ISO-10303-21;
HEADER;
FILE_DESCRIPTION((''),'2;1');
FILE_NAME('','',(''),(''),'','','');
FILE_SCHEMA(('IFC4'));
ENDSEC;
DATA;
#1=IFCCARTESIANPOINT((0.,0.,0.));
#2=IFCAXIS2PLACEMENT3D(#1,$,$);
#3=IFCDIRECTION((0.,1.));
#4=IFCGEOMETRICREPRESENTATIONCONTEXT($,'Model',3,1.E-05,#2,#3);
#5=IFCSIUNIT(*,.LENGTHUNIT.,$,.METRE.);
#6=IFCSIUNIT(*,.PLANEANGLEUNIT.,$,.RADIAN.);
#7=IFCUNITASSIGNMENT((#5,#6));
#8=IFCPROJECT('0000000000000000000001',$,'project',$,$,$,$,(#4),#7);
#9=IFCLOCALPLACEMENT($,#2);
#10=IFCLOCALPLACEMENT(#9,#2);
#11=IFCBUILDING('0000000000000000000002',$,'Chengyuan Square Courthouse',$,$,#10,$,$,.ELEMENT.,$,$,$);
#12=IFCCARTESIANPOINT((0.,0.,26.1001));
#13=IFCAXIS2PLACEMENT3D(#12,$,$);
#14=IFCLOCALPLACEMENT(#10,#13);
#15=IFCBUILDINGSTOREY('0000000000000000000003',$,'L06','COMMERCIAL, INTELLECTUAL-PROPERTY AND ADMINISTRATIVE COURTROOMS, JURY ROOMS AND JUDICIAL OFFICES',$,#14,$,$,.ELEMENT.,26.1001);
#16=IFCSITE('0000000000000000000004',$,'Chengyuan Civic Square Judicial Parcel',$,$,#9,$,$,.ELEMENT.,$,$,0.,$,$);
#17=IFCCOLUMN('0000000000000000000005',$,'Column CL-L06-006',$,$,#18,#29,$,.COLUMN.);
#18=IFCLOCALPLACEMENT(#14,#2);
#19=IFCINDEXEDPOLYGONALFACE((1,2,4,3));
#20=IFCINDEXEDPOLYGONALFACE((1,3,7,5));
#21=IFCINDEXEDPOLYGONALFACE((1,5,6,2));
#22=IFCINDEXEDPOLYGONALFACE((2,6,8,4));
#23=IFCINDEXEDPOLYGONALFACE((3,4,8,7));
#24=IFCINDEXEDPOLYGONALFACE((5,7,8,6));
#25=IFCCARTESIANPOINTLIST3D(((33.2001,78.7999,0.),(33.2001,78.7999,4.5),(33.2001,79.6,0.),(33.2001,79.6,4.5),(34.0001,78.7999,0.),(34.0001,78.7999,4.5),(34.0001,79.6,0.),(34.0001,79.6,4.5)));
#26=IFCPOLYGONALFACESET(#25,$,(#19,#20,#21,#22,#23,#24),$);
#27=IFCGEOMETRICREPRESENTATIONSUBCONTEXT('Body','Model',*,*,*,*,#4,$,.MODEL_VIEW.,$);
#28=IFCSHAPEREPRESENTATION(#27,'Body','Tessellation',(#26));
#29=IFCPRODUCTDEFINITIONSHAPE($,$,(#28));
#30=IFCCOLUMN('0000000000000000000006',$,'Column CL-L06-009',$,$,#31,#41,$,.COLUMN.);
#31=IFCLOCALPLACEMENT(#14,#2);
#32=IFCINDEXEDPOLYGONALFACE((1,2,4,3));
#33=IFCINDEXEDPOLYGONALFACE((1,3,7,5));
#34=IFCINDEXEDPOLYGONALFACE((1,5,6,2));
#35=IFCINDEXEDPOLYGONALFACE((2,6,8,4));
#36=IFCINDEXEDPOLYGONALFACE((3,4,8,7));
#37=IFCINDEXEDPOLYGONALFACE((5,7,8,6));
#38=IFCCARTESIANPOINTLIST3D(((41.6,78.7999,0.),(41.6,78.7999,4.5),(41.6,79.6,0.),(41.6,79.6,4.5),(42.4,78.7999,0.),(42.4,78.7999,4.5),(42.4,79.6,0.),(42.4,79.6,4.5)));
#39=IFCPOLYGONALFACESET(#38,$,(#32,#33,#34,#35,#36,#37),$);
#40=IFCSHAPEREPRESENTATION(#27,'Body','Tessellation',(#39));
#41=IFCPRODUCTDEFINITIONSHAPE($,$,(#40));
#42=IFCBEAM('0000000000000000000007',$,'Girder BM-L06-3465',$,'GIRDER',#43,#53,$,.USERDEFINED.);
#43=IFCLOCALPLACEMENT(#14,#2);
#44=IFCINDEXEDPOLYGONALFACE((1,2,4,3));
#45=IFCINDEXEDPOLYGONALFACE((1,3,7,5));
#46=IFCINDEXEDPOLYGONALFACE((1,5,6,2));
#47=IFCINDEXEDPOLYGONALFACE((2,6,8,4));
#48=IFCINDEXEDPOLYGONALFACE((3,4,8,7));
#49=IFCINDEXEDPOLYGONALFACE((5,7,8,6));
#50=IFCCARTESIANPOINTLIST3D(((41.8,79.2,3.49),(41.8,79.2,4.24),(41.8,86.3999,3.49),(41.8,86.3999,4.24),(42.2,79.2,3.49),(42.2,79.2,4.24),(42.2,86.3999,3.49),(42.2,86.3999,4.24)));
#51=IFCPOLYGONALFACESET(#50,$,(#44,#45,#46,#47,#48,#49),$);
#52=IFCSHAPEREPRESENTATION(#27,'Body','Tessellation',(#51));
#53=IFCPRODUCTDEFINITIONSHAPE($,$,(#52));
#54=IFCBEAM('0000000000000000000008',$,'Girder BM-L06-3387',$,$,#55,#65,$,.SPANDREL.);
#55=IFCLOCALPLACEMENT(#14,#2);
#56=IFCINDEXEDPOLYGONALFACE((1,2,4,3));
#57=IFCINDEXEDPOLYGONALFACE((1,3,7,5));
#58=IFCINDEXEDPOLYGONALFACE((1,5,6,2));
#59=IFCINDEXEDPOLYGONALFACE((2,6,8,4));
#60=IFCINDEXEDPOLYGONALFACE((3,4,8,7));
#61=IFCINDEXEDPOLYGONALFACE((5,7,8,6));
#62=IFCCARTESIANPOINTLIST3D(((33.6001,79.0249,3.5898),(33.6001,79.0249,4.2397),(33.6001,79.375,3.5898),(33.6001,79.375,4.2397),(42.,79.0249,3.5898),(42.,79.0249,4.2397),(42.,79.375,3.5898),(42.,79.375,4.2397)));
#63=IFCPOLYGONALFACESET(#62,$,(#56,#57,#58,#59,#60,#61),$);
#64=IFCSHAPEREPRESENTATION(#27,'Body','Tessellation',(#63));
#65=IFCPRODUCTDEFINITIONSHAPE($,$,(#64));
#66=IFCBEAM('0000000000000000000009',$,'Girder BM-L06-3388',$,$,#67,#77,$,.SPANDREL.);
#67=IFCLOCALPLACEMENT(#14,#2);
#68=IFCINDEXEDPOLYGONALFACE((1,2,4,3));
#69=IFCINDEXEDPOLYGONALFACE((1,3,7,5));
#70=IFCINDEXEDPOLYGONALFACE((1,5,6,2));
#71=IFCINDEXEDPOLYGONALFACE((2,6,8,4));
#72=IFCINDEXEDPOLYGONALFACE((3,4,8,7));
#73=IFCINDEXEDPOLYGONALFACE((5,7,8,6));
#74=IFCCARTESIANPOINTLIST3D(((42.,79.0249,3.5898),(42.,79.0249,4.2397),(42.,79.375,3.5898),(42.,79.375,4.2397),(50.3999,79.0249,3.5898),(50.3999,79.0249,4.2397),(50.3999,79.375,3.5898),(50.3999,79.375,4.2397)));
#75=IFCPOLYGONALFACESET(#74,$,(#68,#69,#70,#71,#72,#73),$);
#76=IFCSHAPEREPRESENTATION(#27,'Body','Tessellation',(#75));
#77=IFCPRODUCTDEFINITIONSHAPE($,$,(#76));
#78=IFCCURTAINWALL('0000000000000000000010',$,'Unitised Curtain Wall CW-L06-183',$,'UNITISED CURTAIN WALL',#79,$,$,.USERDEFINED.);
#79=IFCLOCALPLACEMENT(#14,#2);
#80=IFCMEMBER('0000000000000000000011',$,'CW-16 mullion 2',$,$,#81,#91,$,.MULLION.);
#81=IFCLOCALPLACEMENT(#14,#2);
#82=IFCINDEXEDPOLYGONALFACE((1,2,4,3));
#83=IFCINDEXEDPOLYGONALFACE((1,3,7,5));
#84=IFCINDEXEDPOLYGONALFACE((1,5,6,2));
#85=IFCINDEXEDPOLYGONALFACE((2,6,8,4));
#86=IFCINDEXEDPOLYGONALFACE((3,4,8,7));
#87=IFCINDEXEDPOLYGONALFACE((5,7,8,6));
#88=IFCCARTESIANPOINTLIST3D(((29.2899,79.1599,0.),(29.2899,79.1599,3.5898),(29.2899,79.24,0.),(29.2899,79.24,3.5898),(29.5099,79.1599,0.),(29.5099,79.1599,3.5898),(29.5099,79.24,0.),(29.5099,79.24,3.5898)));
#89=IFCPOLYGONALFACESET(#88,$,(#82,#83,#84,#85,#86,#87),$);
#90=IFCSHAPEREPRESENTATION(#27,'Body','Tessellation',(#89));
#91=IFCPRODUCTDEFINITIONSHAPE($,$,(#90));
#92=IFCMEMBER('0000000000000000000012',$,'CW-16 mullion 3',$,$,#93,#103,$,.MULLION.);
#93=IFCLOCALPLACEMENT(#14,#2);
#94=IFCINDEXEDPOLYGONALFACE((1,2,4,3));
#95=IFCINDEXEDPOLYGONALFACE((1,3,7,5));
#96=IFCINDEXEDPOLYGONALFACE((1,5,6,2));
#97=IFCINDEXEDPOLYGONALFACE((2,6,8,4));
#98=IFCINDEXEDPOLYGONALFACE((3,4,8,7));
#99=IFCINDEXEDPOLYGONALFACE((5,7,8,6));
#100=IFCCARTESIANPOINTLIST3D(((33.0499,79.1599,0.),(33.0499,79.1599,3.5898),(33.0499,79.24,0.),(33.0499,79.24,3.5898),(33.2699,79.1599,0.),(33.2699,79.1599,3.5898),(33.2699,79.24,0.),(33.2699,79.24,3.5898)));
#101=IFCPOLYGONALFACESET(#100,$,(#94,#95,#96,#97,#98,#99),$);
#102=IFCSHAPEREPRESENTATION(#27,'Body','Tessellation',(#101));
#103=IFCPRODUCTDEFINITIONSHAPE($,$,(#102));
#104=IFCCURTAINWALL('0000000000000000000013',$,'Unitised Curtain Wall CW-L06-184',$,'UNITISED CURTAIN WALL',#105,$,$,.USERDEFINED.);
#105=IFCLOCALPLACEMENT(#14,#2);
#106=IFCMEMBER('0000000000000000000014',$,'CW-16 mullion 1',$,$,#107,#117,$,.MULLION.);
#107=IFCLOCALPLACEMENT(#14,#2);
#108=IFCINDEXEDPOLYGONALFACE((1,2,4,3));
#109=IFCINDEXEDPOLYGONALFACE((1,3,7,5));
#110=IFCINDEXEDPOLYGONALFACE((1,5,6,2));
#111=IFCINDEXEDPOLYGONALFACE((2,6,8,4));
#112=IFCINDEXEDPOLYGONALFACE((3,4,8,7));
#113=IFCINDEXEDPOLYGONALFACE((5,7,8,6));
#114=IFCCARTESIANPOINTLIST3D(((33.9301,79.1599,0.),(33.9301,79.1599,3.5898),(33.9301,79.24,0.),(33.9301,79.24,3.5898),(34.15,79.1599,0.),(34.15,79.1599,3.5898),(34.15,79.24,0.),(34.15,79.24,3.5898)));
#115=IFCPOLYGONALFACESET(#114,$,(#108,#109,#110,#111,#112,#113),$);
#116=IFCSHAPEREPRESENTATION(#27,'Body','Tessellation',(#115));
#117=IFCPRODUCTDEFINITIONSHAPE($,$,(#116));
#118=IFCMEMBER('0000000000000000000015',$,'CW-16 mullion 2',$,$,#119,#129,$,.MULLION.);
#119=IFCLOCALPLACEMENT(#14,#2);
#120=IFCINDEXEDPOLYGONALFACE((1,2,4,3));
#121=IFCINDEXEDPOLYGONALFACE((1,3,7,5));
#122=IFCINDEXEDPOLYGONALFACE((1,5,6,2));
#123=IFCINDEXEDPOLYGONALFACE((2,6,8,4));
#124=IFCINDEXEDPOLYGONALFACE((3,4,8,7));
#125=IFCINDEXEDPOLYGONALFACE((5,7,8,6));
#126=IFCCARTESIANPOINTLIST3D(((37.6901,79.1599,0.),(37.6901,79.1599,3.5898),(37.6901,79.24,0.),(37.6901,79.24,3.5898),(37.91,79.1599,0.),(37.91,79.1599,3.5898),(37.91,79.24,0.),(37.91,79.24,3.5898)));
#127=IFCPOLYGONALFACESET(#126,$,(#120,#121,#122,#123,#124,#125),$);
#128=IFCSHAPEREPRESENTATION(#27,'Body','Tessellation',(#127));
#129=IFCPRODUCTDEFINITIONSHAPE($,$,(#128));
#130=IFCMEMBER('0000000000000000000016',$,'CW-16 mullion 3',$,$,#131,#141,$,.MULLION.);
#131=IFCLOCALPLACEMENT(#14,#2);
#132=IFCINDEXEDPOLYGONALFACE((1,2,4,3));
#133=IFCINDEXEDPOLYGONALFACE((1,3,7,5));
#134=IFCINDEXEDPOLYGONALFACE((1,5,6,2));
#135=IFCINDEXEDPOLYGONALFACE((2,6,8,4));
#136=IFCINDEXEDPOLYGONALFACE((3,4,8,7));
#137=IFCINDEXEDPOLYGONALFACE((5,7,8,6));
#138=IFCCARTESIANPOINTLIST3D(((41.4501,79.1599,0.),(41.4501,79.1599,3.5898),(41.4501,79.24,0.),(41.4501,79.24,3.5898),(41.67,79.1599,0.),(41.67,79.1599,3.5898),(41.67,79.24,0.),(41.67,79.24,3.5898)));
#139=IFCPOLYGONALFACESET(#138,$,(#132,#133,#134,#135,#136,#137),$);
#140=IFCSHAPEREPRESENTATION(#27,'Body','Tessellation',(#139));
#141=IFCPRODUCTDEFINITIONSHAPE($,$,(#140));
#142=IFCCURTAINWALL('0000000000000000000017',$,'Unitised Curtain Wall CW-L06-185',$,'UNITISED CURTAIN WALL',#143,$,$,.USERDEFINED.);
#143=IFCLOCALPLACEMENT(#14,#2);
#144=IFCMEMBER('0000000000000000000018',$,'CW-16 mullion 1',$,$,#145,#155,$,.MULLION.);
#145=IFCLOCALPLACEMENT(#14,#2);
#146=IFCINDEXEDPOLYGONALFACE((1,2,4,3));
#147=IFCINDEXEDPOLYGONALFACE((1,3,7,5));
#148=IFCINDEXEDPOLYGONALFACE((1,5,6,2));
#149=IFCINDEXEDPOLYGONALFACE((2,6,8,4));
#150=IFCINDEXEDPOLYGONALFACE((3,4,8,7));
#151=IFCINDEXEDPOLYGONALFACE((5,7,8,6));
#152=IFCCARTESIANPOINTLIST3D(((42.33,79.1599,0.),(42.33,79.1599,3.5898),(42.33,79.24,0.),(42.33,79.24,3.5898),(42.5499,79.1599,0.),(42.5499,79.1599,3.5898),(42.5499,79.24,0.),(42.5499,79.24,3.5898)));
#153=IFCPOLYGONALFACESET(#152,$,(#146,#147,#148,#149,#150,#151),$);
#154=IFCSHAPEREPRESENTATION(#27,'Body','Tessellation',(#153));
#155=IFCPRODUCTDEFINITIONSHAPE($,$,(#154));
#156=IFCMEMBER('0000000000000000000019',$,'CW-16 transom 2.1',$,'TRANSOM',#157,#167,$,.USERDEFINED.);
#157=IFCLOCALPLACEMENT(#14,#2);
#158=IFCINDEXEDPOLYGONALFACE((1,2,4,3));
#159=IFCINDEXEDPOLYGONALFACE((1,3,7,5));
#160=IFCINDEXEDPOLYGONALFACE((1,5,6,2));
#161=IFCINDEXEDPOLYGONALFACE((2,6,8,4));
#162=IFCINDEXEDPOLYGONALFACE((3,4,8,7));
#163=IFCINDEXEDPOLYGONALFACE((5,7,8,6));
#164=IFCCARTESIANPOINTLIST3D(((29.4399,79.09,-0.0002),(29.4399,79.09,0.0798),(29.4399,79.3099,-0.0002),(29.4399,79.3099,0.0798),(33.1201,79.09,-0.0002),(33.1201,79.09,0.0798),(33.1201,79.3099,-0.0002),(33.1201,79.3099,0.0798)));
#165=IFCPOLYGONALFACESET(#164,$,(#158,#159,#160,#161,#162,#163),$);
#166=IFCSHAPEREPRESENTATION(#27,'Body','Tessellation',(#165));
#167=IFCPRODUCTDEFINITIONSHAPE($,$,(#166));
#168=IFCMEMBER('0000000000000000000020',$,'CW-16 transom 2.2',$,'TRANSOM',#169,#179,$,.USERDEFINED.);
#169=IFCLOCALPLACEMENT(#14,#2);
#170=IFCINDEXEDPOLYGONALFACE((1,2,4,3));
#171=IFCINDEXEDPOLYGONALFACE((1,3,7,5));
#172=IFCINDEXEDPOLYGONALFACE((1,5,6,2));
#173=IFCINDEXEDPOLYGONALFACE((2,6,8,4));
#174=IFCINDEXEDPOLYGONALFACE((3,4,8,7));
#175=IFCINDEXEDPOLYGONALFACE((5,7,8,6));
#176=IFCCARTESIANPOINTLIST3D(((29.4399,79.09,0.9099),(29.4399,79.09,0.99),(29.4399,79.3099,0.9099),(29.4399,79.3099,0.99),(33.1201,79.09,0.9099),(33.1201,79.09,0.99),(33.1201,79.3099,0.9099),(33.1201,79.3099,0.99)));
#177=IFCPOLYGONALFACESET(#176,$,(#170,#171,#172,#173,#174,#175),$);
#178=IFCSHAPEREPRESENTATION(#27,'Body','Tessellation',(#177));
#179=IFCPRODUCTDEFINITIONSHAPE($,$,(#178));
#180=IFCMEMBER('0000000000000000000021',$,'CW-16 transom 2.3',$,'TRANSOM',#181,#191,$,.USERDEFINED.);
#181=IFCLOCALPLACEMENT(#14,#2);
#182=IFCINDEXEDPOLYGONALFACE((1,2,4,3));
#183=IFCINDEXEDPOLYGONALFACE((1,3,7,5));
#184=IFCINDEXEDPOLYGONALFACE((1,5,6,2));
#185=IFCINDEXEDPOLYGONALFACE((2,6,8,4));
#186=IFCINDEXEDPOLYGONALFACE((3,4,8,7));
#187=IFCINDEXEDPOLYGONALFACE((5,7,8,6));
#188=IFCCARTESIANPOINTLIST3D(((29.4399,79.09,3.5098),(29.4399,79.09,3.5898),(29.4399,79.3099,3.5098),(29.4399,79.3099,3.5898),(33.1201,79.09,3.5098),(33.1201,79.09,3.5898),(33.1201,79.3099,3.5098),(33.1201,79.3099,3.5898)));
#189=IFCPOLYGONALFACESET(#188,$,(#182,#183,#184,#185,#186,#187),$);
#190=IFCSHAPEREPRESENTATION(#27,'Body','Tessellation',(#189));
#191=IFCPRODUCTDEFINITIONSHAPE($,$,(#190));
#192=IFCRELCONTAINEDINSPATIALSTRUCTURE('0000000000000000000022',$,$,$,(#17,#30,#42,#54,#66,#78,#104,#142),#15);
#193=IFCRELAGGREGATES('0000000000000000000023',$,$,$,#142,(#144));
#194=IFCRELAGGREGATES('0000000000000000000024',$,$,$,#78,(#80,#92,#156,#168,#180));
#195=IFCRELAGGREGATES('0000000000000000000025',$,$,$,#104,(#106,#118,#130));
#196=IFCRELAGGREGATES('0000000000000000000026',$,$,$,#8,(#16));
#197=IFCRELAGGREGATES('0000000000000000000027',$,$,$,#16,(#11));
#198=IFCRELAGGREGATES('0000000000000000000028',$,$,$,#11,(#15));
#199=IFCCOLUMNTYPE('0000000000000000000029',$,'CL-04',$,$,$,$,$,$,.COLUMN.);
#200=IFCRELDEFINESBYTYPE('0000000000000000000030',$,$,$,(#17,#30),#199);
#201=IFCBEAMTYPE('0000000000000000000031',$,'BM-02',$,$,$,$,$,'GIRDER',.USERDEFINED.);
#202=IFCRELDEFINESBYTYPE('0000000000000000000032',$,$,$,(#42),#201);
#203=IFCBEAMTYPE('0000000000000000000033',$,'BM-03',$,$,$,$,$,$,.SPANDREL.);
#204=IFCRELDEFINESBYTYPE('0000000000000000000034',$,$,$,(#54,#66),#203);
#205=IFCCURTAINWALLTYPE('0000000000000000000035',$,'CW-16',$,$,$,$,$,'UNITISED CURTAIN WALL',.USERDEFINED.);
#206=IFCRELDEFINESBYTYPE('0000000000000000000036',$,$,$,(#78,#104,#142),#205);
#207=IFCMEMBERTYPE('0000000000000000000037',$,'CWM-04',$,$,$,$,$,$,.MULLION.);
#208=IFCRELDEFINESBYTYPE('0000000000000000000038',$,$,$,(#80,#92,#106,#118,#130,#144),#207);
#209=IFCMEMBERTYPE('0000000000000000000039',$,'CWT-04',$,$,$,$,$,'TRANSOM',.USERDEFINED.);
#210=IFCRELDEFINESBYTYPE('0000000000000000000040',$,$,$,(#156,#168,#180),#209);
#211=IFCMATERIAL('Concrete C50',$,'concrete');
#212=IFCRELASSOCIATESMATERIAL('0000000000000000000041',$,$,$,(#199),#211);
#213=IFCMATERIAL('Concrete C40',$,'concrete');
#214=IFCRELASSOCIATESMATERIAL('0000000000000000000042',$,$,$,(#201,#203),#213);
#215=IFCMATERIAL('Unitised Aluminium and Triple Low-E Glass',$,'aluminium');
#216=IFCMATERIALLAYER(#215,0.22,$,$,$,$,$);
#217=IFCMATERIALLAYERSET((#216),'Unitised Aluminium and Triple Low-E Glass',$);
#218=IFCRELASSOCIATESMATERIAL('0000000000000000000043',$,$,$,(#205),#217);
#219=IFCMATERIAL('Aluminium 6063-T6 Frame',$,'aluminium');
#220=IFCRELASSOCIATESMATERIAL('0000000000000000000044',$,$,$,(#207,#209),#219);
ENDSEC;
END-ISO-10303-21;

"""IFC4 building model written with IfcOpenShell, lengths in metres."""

from ifc_helpers import new_model, si_unit, direction, frame, origin, origin_2d, place, context, subcontext, project, spatial, rectangle, extrude, material, layer, layer_set, material_profile, profile_set, type_object, element, aggregate, save


model = new_model("IFC4")

# Units and contexts
model_context = context("Model", 3, precision=1e-05, world=origin(), true_north=direction((0.0, 1.0)))
body_context = subcontext(model_context, "Body", "Model", "MODEL_VIEW")
ifc_project = project(units=[si_unit("LENGTHUNIT", "METRE"), si_unit("PLANEANGLEUNIT", "RADIAN")], contexts=[model_context])

# Site, building, storey
site_placement = place(None, origin())
site = spatial("IfcSite", under=ifc_project, at=site_placement, Name="Chengyuan Civic Square Judicial Parcel", CompositionType="ELEMENT", RefElevation=0.0)
building_placement = place(site_placement, origin())
building = spatial("IfcBuilding", under=site, at=building_placement, Name="Chengyuan Square Courthouse", CompositionType="ELEMENT")
storey_placement = place(building_placement, frame((0.0, 0.0, 26.1001)))
storey = spatial("IfcBuildingStorey", under=building, at=storey_placement, Name="L06", Description="COMMERCIAL, INTELLECTUAL-PROPERTY AND ADMINISTRATIVE COURTROOMS, JURY ROOMS AND JUDICIAL OFFICES", CompositionType="ELEMENT", Elevation=26.1001)

# Columns
ifc_material_1 = material(Name="Concrete C50", Category="concrete")
ifc_material_profile_1 = material_profile(ifc_material_1, rectangle(XDim=0.8, YDim=0.8, at=origin_2d()), Name="RC-COL-800x800")
ifc_profile_set_1 = profile_set([ifc_material_profile_1], Name="Concrete C50")
column_type = type_object("IfcColumnType", Name="CL-04", PredefinedType="COLUMN", material=ifc_profile_set_1)
for number, where, z_axis, x_axis, name in (
    (1, (33.6001, 79.2, 0.0), (0.0, 0.0, 1.0), (1.0, 0.0, 0.0), "Column CL-L06-006"),
    (2, (42.0, 79.2, 0.0), (0.0, 0.0, 1.0), (1.0, 0.0, 0.0), "Column CL-L06-009"),
):
    element("IfcColumn", number, at=place(storey_placement, frame(where, z_axis=z_axis, x_axis=x_axis)), inside=storey, type_object=column_type, Name=name, PredefinedType="COLUMN", context=body_context, shape_type="SweptSolid", body=[
        extrude(rectangle(XDim=0.8, YDim=0.8, at=origin_2d()), origin(), (0.0, 0.0, 1.0), 4.5),
    ])

# Beams
ifc_material_2 = material(Name="Concrete C40", Category="concrete")
ifc_material_profile_2 = material_profile(ifc_material_2, rectangle(XDim=0.3999, YDim=0.75, at=origin_2d()), Name="RC-BM-400x750")
ifc_profile_set_2 = profile_set([ifc_material_profile_2], Name="Concrete C40")
beam_type_1 = type_object("IfcBeamType", Name="BM-02", ElementType="GIRDER", PredefinedType="USERDEFINED", material=ifc_profile_set_2)
beam_placement = place(storey_placement, frame((42.0, 79.2, 3.865), z_axis=(0.0, 1.0, 0.0), x_axis=(-1.0, 0.0, 0.0)))
element("IfcBeam", 3, at=beam_placement, inside=storey, type_object=beam_type_1, Name="Girder BM-L06-3465", ObjectType="GIRDER", PredefinedType="USERDEFINED", context=body_context, shape_type="SweptSolid", body=[
    extrude(rectangle(XDim=0.3999, YDim=0.75, at=origin_2d()), origin(), (0.0, 0.0, 1.0), 7.2),
])
ifc_material_profile_3 = material_profile(ifc_material_2, rectangle(XDim=0.3501, YDim=0.6499, at=origin_2d()), Name="RC-BM-350x650")
ifc_profile_set_3 = profile_set([ifc_material_profile_3], Name="Concrete C40")
beam_type_2 = type_object("IfcBeamType", Name="BM-03", PredefinedType="SPANDREL", material=ifc_profile_set_3)
for number, where, z_axis, x_axis, name in (
    (4, (33.6001, 79.2, 3.9148), (1.0, 0.0, 0.0), (0.0, 1.0, 0.0), "Girder BM-L06-3387"),
    (5, (42.0, 79.2, 3.9148), (1.0, 0.0, 0.0), (0.0, 1.0, 0.0), "Girder BM-L06-3388"),
):
    element("IfcBeam", number, at=place(storey_placement, frame(where, z_axis=z_axis, x_axis=x_axis)), inside=storey, type_object=beam_type_2, Name=name, PredefinedType="SPANDREL", context=body_context, shape_type="SweptSolid", body=[
        extrude(rectangle(XDim=0.3501, YDim=0.6499, at=origin_2d()), origin(), (0.0, 0.0, 1.0), 8.3999),
    ])

# Curtain walls, members
ifc_material_3 = material(Name="Unitised Aluminium and Triple Low-E Glass", Category="aluminium")
ifc_layer_1 = layer(ifc_material_3, 0.22)
ifc_layer_set_1 = layer_set([ifc_layer_1], Name="Unitised Aluminium and Triple Low-E Glass")
curtain_wall_type = type_object("IfcCurtainWallType", Name="CW-16", ElementType="UNITISED CURTAIN WALL", PredefinedType="USERDEFINED", material=ifc_layer_set_1)
curtain_wall_1_placement = place(storey_placement, origin())
curtain_wall_1 = element("IfcCurtainWall", 6, at=curtain_wall_1_placement, inside=storey, type_object=curtain_wall_type, Name="Unitised Curtain Wall CW-L06-183", ObjectType="UNITISED CURTAIN WALL", PredefinedType="USERDEFINED")
ifc_material_4 = material(Name="Aluminium 6063-T6 Frame", Category="aluminium")
ifc_material_profile_4 = material_profile(ifc_material_4, rectangle(XDim=0.0801, YDim=0.22, at=origin_2d()), Name="CW-MUL-80x220")
ifc_profile_set_4 = profile_set([ifc_material_profile_4], Name="Aluminium 6063-T6 Frame")
member_type_1 = type_object("IfcMemberType", Name="CWM-04", PredefinedType="MULLION", material=ifc_profile_set_4)
member_1_placement = place(storey_placement, frame((29.3999, 79.2, 0.0), z_axis=(0.0, 0.0, 1.0), x_axis=(0.0, 1.0, 0.0)))
member_1 = element("IfcMember", 7, at=member_1_placement, type_object=member_type_1, Name="CW-16 mullion 2", PredefinedType="MULLION", context=body_context, shape_type="SweptSolid", body=[
    extrude(rectangle(XDim=0.0801, YDim=0.22, at=origin_2d()), origin(), (0.0, 0.0, 1.0), 3.5898),
])
member_2_placement = place(storey_placement, frame((33.1599, 79.2, 0.0), z_axis=(0.0, 0.0, 1.0), x_axis=(0.0, 1.0, 0.0)))
member_2 = element("IfcMember", 8, at=member_2_placement, type_object=member_type_1, Name="CW-16 mullion 3", PredefinedType="MULLION", context=body_context, shape_type="SweptSolid", body=[
    extrude(rectangle(XDim=0.0801, YDim=0.22, at=origin_2d()), origin(), (0.0, 0.0, 1.0), 3.5898),
])
curtain_wall_2_placement = place(storey_placement, origin())
curtain_wall_2 = element("IfcCurtainWall", 9, at=curtain_wall_2_placement, inside=storey, type_object=curtain_wall_type, Name="Unitised Curtain Wall CW-L06-184", ObjectType="UNITISED CURTAIN WALL", PredefinedType="USERDEFINED")
member_3_placement = place(storey_placement, frame((34.04, 79.2, 0.0), z_axis=(0.0, 0.0, 1.0), x_axis=(0.0, 1.0, 0.0)))
member_3 = element("IfcMember", 10, at=member_3_placement, type_object=member_type_1, Name="CW-16 mullion 1", PredefinedType="MULLION", context=body_context, shape_type="SweptSolid", body=[
    extrude(rectangle(XDim=0.0801, YDim=0.22, at=origin_2d()), origin(), (0.0, 0.0, 1.0), 3.5898),
])
member_4_placement = place(storey_placement, frame((37.8, 79.2, 0.0), z_axis=(0.0, 0.0, 1.0), x_axis=(0.0, 1.0, 0.0)))
member_4 = element("IfcMember", 11, at=member_4_placement, type_object=member_type_1, Name="CW-16 mullion 2", PredefinedType="MULLION", context=body_context, shape_type="SweptSolid", body=[
    extrude(rectangle(XDim=0.0801, YDim=0.22, at=origin_2d()), origin(), (0.0, 0.0, 1.0), 3.5898),
])
member_5_placement = place(storey_placement, frame((41.5601, 79.2, 0.0), z_axis=(0.0, 0.0, 1.0), x_axis=(0.0, 1.0, 0.0)))
member_5 = element("IfcMember", 12, at=member_5_placement, type_object=member_type_1, Name="CW-16 mullion 3", PredefinedType="MULLION", context=body_context, shape_type="SweptSolid", body=[
    extrude(rectangle(XDim=0.0801, YDim=0.22, at=origin_2d()), origin(), (0.0, 0.0, 1.0), 3.5898),
])

# Curtain wall, member
curtain_wall_3_placement = place(storey_placement, origin())
curtain_wall_3 = element("IfcCurtainWall", 13, at=curtain_wall_3_placement, inside=storey, type_object=curtain_wall_type, Name="Unitised Curtain Wall CW-L06-185", ObjectType="UNITISED CURTAIN WALL", PredefinedType="USERDEFINED")
member_6_placement = place(storey_placement, frame((42.4399, 79.2, 0.0), z_axis=(0.0, 0.0, 1.0), x_axis=(0.0, 1.0, 0.0)))
member_6 = element("IfcMember", 14, at=member_6_placement, type_object=member_type_1, Name="CW-16 mullion 1", PredefinedType="MULLION", context=body_context, shape_type="SweptSolid", body=[
    extrude(rectangle(XDim=0.0801, YDim=0.22, at=origin_2d()), origin(), (0.0, 0.0, 1.0), 3.5898),
])
aggregate(curtain_wall_3, [member_6])

# Members
ifc_material_profile_5 = material_profile(ifc_material_4, rectangle(XDim=0.22, YDim=0.0801, at=origin_2d()), Name="CW-TRN-80x180")
ifc_profile_set_5 = profile_set([ifc_material_profile_5], Name="Aluminium 6063-T6 Frame")
member_type_2 = type_object("IfcMemberType", Name="CWT-04", ElementType="TRANSOM", PredefinedType="USERDEFINED", material=ifc_profile_set_5)
member_7_placement = place(storey_placement, frame((29.4399, 79.2, 0.0398), z_axis=(1.0, 0.0, 0.0), x_axis=(0.0, 1.0, 0.0)))
member_7 = element("IfcMember", 15, at=member_7_placement, type_object=member_type_2, Name="CW-16 transom 2.1", ObjectType="TRANSOM", PredefinedType="USERDEFINED", context=body_context, shape_type="SweptSolid", body=[
    extrude(rectangle(XDim=0.22, YDim=0.0801, at=origin_2d()), origin(), (0.0, 0.0, 1.0), 3.6802),
])
member_8_placement = place(storey_placement, frame((29.4399, 79.2, 0.95), z_axis=(1.0, 0.0, 0.0), x_axis=(0.0, 1.0, 0.0)))
member_8 = element("IfcMember", 16, at=member_8_placement, type_object=member_type_2, Name="CW-16 transom 2.2", ObjectType="TRANSOM", PredefinedType="USERDEFINED", context=body_context, shape_type="SweptSolid", body=[
    extrude(rectangle(XDim=0.22, YDim=0.0801, at=origin_2d()), origin(), (0.0, 0.0, 1.0), 3.6802),
])
member_9_placement = place(storey_placement, frame((29.4399, 79.2, 3.5498), z_axis=(1.0, 0.0, 0.0), x_axis=(0.0, 1.0, 0.0)))
member_9 = element("IfcMember", 17, at=member_9_placement, type_object=member_type_2, Name="CW-16 transom 2.3", ObjectType="TRANSOM", PredefinedType="USERDEFINED", context=body_context, shape_type="SweptSolid", body=[
    extrude(rectangle(XDim=0.22, YDim=0.0801, at=origin_2d()), origin(), (0.0, 0.0, 1.0), 3.6802),
])

aggregate(curtain_wall_1, [member_1, member_2, member_7, member_8, member_9])
aggregate(curtain_wall_2, [member_3, member_4, member_5])

save(model, "model.ifc")
